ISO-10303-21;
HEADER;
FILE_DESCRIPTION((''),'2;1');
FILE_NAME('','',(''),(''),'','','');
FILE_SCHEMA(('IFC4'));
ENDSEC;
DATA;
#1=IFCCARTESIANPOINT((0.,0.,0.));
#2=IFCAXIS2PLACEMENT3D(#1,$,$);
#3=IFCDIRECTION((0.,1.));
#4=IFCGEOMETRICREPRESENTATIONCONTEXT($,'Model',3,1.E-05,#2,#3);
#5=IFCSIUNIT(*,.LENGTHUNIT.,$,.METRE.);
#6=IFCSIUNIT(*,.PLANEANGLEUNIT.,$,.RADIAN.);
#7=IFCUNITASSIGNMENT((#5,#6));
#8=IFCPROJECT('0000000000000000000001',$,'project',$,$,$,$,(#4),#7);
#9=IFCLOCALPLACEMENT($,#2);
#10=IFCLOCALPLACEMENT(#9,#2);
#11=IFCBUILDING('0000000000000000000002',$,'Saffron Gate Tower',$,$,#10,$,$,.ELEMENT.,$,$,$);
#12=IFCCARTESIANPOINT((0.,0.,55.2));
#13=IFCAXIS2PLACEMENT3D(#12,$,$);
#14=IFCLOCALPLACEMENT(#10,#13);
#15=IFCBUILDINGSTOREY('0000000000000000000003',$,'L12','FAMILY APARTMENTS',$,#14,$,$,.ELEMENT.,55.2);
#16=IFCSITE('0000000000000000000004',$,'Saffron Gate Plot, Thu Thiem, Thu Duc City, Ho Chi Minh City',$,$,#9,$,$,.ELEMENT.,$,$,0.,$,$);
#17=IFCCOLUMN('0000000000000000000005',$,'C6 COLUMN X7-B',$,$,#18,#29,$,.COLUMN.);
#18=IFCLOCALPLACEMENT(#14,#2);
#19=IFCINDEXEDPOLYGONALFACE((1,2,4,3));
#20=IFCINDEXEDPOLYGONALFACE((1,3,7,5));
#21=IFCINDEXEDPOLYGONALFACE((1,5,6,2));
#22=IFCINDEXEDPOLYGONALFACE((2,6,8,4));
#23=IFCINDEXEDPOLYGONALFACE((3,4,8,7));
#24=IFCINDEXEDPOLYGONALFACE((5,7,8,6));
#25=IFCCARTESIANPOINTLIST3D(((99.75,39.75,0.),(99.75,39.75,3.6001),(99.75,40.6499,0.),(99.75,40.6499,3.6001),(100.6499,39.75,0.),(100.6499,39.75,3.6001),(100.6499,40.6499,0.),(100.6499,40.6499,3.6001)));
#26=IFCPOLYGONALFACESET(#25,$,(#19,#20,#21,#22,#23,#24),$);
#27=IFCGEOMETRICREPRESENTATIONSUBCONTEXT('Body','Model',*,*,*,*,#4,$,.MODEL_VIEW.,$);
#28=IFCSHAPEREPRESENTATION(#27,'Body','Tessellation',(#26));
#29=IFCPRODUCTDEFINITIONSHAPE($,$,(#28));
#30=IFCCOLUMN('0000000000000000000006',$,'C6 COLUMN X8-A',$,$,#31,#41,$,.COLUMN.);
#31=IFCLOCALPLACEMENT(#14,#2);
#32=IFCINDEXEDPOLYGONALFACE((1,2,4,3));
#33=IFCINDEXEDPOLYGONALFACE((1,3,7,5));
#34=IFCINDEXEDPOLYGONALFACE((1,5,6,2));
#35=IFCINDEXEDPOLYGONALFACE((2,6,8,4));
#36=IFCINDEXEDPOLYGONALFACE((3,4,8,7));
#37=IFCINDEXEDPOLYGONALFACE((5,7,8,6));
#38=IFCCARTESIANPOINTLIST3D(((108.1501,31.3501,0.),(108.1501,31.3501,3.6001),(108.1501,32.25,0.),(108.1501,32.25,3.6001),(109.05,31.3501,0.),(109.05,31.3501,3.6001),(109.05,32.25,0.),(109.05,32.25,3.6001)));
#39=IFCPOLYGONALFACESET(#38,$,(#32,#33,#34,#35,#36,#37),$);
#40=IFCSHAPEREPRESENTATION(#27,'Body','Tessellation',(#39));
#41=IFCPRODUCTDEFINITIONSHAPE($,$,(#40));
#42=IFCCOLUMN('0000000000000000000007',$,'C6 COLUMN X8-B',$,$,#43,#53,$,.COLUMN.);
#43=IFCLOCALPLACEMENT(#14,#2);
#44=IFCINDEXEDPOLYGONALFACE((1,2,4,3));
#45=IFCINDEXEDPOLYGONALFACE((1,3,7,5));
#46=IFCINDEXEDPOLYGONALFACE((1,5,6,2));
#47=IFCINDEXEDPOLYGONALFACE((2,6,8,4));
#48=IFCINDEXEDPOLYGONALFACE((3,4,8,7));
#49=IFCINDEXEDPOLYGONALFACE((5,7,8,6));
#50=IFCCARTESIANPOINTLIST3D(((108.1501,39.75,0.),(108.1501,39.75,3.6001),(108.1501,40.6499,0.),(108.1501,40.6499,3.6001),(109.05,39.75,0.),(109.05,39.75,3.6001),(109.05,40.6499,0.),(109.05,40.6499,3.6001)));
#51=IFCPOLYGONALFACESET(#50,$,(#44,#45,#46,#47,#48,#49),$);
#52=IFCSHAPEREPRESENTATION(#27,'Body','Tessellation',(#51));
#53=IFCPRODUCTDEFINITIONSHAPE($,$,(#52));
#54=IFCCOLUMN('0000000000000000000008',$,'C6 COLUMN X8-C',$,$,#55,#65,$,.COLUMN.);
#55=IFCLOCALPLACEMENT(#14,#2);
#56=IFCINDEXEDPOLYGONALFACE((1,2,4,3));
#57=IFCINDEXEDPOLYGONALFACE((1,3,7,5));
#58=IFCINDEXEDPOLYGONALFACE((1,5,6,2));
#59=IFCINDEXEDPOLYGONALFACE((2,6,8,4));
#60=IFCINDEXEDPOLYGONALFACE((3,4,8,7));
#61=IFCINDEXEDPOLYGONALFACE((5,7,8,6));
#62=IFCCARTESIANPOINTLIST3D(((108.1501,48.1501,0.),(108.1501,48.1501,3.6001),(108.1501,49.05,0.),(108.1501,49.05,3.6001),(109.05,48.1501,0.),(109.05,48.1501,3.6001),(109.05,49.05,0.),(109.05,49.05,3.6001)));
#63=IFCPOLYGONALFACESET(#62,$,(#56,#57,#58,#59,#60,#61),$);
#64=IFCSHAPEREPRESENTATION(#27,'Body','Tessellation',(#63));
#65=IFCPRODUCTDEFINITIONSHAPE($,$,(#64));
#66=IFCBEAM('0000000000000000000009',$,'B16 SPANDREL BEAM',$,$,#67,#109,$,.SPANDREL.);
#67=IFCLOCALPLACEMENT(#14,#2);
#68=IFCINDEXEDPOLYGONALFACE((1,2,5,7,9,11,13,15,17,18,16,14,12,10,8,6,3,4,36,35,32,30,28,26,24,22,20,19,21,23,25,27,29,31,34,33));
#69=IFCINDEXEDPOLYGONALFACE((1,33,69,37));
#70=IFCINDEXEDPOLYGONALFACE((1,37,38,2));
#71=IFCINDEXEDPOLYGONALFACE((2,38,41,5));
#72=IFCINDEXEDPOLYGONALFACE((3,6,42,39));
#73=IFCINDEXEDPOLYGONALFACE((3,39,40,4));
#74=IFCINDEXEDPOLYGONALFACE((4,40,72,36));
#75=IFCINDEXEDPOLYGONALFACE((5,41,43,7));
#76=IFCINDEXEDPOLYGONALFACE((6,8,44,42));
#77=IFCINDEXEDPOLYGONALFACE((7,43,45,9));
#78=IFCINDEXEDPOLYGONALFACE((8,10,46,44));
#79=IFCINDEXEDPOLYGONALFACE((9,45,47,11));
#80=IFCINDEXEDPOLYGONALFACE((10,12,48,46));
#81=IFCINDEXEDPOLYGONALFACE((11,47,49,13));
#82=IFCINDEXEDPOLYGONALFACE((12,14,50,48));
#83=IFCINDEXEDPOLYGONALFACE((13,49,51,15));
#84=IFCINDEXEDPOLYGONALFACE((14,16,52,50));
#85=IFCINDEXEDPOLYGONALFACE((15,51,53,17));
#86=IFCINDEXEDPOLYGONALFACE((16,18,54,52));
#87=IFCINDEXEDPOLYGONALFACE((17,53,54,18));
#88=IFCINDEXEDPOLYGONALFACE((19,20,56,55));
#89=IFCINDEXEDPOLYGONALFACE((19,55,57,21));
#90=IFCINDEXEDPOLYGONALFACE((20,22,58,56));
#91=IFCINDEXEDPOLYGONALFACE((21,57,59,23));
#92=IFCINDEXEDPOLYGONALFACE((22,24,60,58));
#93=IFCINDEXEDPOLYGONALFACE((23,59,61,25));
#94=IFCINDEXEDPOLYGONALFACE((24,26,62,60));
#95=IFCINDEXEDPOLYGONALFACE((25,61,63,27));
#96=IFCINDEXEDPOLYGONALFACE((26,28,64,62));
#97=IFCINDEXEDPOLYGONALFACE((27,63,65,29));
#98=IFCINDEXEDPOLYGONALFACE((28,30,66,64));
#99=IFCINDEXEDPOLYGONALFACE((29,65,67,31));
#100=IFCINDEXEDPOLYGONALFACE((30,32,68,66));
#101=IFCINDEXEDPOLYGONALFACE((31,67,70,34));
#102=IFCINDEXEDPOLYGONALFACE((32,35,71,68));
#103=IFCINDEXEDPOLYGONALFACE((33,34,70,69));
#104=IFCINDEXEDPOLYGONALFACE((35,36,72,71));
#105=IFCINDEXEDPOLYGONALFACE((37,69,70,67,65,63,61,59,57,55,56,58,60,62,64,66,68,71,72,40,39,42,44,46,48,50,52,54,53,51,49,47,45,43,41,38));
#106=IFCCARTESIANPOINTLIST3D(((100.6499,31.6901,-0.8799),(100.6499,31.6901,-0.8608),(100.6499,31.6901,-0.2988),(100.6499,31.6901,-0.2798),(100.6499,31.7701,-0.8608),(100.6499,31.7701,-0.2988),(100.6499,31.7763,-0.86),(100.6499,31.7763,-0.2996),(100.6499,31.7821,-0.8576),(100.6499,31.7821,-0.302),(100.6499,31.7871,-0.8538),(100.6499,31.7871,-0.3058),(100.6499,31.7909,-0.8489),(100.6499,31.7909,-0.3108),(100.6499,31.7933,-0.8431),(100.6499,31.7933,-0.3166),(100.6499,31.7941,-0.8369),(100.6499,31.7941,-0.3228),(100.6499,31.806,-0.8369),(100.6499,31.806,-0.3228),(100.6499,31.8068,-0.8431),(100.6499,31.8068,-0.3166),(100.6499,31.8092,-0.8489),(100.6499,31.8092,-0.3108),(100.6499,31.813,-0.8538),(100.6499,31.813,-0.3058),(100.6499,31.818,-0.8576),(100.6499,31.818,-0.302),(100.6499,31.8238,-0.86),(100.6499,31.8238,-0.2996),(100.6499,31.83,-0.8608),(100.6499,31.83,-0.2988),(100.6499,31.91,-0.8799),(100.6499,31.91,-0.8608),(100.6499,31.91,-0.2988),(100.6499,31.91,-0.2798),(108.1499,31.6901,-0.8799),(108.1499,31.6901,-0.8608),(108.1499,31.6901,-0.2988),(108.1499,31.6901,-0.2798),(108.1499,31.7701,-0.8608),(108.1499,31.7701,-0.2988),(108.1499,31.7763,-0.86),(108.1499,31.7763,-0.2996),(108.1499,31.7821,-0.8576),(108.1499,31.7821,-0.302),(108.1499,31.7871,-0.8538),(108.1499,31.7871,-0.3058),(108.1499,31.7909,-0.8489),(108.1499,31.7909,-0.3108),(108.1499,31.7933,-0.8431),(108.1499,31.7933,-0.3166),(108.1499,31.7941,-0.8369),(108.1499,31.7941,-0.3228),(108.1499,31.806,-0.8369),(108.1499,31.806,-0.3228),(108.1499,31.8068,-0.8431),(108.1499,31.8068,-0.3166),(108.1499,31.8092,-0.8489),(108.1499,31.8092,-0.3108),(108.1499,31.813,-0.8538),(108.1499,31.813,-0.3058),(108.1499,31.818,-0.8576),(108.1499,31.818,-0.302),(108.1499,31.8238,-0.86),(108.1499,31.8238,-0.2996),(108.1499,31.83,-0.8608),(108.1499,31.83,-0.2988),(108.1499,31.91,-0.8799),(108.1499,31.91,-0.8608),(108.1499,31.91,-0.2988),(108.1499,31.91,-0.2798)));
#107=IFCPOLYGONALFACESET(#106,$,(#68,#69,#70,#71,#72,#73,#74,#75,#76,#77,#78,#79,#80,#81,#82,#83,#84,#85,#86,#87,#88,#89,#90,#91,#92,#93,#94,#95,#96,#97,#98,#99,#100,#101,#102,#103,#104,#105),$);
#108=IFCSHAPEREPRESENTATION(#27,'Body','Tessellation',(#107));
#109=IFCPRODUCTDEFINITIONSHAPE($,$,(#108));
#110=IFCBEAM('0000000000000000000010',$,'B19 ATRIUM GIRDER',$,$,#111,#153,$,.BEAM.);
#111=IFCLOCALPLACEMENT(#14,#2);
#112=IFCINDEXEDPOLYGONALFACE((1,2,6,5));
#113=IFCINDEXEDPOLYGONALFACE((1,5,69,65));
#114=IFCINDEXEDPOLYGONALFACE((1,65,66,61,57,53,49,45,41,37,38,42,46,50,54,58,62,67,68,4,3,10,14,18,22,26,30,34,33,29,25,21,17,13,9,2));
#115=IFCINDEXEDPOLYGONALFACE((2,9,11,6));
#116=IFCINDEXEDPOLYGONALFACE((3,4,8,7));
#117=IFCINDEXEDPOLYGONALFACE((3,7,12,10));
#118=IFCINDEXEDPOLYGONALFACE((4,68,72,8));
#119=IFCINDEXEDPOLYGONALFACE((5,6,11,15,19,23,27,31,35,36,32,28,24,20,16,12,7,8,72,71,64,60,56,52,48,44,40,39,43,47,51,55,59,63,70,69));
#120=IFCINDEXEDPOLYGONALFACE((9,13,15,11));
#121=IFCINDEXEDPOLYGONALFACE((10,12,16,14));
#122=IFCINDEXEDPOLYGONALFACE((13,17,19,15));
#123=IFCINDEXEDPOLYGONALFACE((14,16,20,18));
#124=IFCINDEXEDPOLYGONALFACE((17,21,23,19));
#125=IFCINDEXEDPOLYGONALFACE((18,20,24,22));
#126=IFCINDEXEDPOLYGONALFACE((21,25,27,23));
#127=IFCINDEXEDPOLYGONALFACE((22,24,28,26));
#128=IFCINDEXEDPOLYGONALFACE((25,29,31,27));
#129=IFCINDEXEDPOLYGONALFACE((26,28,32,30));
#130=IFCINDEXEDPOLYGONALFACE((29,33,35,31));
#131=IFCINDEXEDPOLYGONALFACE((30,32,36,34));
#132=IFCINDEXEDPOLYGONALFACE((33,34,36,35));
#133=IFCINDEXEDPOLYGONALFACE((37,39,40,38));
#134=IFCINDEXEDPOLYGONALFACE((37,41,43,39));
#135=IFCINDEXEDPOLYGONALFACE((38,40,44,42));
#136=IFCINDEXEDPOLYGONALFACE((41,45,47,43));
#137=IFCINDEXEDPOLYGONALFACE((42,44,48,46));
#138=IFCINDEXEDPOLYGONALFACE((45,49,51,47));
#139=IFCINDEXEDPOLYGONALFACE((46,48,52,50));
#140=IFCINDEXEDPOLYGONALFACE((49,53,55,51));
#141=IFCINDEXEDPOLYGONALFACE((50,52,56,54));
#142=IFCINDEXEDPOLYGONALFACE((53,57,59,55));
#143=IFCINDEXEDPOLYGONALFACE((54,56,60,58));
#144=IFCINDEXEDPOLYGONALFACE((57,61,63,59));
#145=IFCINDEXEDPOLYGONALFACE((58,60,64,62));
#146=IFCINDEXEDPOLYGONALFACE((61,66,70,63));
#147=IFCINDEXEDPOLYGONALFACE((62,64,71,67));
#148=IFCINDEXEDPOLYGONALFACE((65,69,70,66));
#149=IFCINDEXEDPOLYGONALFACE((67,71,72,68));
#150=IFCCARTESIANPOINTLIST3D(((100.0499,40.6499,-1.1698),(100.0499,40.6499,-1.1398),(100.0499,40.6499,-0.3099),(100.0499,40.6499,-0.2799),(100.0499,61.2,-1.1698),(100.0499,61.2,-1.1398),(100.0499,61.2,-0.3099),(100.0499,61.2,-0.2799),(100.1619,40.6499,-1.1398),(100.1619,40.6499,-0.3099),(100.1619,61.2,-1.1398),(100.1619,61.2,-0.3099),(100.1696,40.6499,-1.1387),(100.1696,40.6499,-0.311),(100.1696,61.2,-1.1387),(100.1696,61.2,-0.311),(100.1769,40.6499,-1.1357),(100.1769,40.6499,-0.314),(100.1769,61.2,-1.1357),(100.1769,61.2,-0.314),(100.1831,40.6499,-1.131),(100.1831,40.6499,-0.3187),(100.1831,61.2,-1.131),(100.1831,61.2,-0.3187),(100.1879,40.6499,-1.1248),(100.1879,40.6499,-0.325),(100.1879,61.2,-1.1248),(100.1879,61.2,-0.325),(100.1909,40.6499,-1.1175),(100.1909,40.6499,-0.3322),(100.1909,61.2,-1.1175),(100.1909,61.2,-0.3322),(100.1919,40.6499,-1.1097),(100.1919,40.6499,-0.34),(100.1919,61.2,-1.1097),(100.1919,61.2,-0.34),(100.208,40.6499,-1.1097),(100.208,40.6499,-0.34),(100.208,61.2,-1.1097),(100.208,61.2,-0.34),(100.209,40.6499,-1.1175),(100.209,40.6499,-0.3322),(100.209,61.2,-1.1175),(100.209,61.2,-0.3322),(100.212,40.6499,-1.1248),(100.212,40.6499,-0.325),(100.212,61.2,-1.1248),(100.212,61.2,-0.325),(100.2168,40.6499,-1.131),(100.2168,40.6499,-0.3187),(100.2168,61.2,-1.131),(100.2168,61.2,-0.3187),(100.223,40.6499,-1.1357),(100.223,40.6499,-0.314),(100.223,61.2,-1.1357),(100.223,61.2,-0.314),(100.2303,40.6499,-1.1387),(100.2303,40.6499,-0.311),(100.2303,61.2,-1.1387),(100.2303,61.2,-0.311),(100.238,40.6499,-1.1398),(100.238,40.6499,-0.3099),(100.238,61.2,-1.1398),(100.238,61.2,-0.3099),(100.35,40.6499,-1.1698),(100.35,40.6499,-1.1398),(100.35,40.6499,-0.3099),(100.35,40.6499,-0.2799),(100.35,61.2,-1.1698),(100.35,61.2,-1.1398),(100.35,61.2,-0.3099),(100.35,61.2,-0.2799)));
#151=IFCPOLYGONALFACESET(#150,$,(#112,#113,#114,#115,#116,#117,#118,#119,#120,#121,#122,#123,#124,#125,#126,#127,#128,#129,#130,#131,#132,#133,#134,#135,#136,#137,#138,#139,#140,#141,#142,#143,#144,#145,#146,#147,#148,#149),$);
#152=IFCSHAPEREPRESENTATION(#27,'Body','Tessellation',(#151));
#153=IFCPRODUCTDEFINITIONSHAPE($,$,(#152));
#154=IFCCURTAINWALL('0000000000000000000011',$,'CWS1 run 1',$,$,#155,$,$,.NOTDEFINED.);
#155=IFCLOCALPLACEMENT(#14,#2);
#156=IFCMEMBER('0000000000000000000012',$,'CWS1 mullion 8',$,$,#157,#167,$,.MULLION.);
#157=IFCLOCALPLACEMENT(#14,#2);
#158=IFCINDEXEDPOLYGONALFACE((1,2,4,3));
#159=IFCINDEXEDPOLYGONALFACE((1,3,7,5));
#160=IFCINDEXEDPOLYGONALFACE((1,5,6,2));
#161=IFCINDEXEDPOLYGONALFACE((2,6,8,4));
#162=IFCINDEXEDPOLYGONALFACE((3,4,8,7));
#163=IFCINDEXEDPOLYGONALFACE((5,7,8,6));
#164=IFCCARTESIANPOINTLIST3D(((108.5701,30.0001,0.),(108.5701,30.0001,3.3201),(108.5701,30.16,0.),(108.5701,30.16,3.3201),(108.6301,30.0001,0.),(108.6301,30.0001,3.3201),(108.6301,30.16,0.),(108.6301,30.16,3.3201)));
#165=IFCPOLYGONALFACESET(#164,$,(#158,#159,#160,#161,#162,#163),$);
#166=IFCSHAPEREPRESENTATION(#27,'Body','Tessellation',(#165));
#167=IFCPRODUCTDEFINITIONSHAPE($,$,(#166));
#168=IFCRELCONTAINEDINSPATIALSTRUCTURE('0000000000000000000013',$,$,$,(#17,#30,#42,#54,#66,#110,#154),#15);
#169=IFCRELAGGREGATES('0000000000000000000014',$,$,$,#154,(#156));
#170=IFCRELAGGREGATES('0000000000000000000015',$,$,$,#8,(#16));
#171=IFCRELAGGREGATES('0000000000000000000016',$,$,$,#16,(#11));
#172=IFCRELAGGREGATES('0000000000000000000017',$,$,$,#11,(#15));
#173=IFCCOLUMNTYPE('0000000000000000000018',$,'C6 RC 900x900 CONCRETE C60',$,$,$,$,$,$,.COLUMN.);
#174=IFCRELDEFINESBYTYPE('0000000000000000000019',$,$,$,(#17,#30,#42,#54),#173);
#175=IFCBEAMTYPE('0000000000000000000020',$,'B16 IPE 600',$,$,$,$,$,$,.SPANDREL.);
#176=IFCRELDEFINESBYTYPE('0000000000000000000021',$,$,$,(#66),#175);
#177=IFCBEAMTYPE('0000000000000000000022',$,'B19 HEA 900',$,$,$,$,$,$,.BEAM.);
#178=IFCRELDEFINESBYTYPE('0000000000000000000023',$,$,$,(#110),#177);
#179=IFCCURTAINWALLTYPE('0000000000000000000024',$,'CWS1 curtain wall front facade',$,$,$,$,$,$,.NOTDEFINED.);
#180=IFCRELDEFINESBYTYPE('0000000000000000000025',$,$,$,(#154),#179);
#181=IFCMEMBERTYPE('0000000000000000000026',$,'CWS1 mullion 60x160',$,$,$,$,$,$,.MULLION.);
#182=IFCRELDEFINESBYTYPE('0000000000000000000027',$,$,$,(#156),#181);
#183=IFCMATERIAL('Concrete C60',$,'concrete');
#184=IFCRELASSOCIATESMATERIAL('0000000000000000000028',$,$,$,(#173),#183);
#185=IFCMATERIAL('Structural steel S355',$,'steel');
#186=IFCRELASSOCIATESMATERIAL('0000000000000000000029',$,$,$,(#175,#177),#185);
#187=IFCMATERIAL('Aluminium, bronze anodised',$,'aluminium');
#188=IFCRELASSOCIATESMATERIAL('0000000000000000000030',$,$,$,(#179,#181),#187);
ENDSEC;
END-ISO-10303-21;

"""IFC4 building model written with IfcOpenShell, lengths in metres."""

from ifc_helpers import new_model, si_unit, direction, frame, origin, origin_2d, place, context, subcontext, project, spatial, rectangle, i_section, extrude, material, material_profile, profile_set, type_object, element, aggregate, save


model = new_model("IFC4")

# Units and contexts
model_context = context("Model", 3, precision=1e-05, world=origin(), true_north=direction((0.0, 1.0)))
body_context = subcontext(model_context, "Body", "Model", "MODEL_VIEW")
ifc_project = project(units=[si_unit("LENGTHUNIT", "METRE"), si_unit("PLANEANGLEUNIT", "RADIAN")], contexts=[model_context])

# Site, building, storey
site_placement = place(None, origin())
site = spatial("IfcSite", under=ifc_project, at=site_placement, Name="Saffron Gate Plot, Thu Thiem, Thu Duc City, Ho Chi Minh City", CompositionType="ELEMENT", RefElevation=0.0)
building_placement = place(site_placement, origin())
building = spatial("IfcBuilding", under=site, at=building_placement, Name="Saffron Gate Tower", CompositionType="ELEMENT")
storey_placement = place(building_placement, frame((0.0, 0.0, 55.2)))
storey = spatial("IfcBuildingStorey", under=building, at=storey_placement, Name="L12", Description="FAMILY APARTMENTS", CompositionType="ELEMENT", Elevation=55.2)

# Columns
ifc_material_1 = material(Name="Concrete C60", Category="concrete")
ifc_material_profile_1 = material_profile(ifc_material_1, rectangle(XDim=0.8999, YDim=0.8999, at=origin_2d()))
ifc_profile_set_1 = profile_set([ifc_material_profile_1], Name="Concrete C60")
column_type = type_object("IfcColumnType", Name="C6 RC 900x900 CONCRETE C60", PredefinedType="COLUMN", material=ifc_profile_set_1)
for number, where, z_axis, x_axis, name in (
    (1, (100.2, 40.2, 0.0), (0.0, 0.0, 1.0), (1.0, 0.0, 0.0), "C6 COLUMN X7-B"),
    (2, (108.6001, 31.8, 0.0), (0.0, 0.0, 1.0), (1.0, 0.0, 0.0), "C6 COLUMN X8-A"),
    (3, (108.6001, 40.2, 0.0), (0.0, 0.0, 1.0), (1.0, 0.0, 0.0), "C6 COLUMN X8-B"),
    (4, (108.6001, 48.6001, 0.0), (0.0, 0.0, 1.0), (1.0, 0.0, 0.0), "C6 COLUMN X8-C"),
):
    element("IfcColumn", number, at=place(storey_placement, frame(where, z_axis=z_axis, x_axis=x_axis)), inside=storey, type_object=column_type, Name=name, PredefinedType="COLUMN", context=body_context, shape_type="SweptSolid", body=[
        extrude(rectangle(XDim=0.8999, YDim=0.8999, at=origin_2d()), origin(), (0.0, 0.0, 1.0), 3.6001),
    ])

# Beams
ifc_material_2 = material(Name="Structural steel S355", Category="steel")
ifc_material_profile_2 = material_profile(ifc_material_2, i_section(OverallWidth=0.22, OverallDepth=0.6001, WebThickness=0.012, FlangeThickness=0.019, FilletRadius=0.0239, at=origin_2d()))
ifc_profile_set_2 = profile_set([ifc_material_profile_2], Name="Structural steel S355")
beam_type_1 = type_object("IfcBeamType", Name="B16 IPE 600", PredefinedType="SPANDREL", material=ifc_profile_set_2)
beam_1_placement = place(storey_placement, frame((100.6499, 31.8, -0.5798), z_axis=(1.0, 0.0, 0.0), x_axis=(0.0, 1.0, 0.0)))
element("IfcBeam", 5, at=beam_1_placement, inside=storey, type_object=beam_type_1, Name="B16 SPANDREL BEAM", PredefinedType="SPANDREL", context=body_context, shape_type="SweptSolid", body=[
    extrude(i_section(OverallWidth=0.22, OverallDepth=0.6001, WebThickness=0.012, FlangeThickness=0.019, FilletRadius=0.0239, at=origin_2d()), origin(), (0.0, 0.0, 1.0), 7.5),
])
ifc_material_profile_3 = material_profile(ifc_material_2, i_section(OverallWidth=0.3, OverallDepth=0.8899, WebThickness=0.0161, FlangeThickness=0.03, FilletRadius=0.03, at=origin_2d()))
ifc_profile_set_3 = profile_set([ifc_material_profile_3], Name="Structural steel S355")
beam_type_2 = type_object("IfcBeamType", Name="B19 HEA 900", PredefinedType="BEAM", material=ifc_profile_set_3)
beam_2_placement = place(storey_placement, frame((100.2, 40.6499, -0.7249), z_axis=(0.0, 1.0, 0.0), x_axis=(-1.0, 0.0, 0.0)))
element("IfcBeam", 6, at=beam_2_placement, inside=storey, type_object=beam_type_2, Name="B19 ATRIUM GIRDER", PredefinedType="BEAM", context=body_context, shape_type="SweptSolid", body=[
    extrude(i_section(OverallWidth=0.3, OverallDepth=0.8899, WebThickness=0.0161, FlangeThickness=0.03, FilletRadius=0.03, at=origin_2d()), origin(), (0.0, 0.0, 1.0), 20.55),
])

# Curtain wall, member
ifc_material_3 = material(Name="Aluminium, bronze anodised", Category="aluminium")
curtain_wall_type = type_object("IfcCurtainWallType", Name="CWS1 curtain wall front facade", PredefinedType="NOTDEFINED", material=ifc_material_3)
curtain_wall_placement = place(storey_placement, origin())
curtain_wall = element("IfcCurtainWall", 7, at=curtain_wall_placement, inside=storey, type_object=curtain_wall_type, Name="CWS1 run 1", PredefinedType="NOTDEFINED")
ifc_material_profile_4 = material_profile(ifc_material_3, rectangle(XDim=0.1599, YDim=0.0601, at=origin_2d()))
ifc_profile_set_4 = profile_set([ifc_material_profile_4], Name="Aluminium, bronze anodised")
member_type = type_object("IfcMemberType", Name="CWS1 mullion 60x160", PredefinedType="MULLION", material=ifc_profile_set_4)
member_placement = place(storey_placement, frame((108.6001, 30.0801, 0.0), z_axis=(0.0, 0.0, 1.0), x_axis=(0.0, 1.0, 0.0)))
member = element("IfcMember", 8, at=member_placement, type_object=member_type, Name="CWS1 mullion 8", PredefinedType="MULLION", context=body_context, shape_type="SweptSolid", body=[
    extrude(rectangle(XDim=0.1599, YDim=0.0601, at=origin_2d()), origin(), (0.0, 0.0, 1.0), 3.3201),
])
aggregate(curtain_wall, [member])

save(model, "model.ifc")
